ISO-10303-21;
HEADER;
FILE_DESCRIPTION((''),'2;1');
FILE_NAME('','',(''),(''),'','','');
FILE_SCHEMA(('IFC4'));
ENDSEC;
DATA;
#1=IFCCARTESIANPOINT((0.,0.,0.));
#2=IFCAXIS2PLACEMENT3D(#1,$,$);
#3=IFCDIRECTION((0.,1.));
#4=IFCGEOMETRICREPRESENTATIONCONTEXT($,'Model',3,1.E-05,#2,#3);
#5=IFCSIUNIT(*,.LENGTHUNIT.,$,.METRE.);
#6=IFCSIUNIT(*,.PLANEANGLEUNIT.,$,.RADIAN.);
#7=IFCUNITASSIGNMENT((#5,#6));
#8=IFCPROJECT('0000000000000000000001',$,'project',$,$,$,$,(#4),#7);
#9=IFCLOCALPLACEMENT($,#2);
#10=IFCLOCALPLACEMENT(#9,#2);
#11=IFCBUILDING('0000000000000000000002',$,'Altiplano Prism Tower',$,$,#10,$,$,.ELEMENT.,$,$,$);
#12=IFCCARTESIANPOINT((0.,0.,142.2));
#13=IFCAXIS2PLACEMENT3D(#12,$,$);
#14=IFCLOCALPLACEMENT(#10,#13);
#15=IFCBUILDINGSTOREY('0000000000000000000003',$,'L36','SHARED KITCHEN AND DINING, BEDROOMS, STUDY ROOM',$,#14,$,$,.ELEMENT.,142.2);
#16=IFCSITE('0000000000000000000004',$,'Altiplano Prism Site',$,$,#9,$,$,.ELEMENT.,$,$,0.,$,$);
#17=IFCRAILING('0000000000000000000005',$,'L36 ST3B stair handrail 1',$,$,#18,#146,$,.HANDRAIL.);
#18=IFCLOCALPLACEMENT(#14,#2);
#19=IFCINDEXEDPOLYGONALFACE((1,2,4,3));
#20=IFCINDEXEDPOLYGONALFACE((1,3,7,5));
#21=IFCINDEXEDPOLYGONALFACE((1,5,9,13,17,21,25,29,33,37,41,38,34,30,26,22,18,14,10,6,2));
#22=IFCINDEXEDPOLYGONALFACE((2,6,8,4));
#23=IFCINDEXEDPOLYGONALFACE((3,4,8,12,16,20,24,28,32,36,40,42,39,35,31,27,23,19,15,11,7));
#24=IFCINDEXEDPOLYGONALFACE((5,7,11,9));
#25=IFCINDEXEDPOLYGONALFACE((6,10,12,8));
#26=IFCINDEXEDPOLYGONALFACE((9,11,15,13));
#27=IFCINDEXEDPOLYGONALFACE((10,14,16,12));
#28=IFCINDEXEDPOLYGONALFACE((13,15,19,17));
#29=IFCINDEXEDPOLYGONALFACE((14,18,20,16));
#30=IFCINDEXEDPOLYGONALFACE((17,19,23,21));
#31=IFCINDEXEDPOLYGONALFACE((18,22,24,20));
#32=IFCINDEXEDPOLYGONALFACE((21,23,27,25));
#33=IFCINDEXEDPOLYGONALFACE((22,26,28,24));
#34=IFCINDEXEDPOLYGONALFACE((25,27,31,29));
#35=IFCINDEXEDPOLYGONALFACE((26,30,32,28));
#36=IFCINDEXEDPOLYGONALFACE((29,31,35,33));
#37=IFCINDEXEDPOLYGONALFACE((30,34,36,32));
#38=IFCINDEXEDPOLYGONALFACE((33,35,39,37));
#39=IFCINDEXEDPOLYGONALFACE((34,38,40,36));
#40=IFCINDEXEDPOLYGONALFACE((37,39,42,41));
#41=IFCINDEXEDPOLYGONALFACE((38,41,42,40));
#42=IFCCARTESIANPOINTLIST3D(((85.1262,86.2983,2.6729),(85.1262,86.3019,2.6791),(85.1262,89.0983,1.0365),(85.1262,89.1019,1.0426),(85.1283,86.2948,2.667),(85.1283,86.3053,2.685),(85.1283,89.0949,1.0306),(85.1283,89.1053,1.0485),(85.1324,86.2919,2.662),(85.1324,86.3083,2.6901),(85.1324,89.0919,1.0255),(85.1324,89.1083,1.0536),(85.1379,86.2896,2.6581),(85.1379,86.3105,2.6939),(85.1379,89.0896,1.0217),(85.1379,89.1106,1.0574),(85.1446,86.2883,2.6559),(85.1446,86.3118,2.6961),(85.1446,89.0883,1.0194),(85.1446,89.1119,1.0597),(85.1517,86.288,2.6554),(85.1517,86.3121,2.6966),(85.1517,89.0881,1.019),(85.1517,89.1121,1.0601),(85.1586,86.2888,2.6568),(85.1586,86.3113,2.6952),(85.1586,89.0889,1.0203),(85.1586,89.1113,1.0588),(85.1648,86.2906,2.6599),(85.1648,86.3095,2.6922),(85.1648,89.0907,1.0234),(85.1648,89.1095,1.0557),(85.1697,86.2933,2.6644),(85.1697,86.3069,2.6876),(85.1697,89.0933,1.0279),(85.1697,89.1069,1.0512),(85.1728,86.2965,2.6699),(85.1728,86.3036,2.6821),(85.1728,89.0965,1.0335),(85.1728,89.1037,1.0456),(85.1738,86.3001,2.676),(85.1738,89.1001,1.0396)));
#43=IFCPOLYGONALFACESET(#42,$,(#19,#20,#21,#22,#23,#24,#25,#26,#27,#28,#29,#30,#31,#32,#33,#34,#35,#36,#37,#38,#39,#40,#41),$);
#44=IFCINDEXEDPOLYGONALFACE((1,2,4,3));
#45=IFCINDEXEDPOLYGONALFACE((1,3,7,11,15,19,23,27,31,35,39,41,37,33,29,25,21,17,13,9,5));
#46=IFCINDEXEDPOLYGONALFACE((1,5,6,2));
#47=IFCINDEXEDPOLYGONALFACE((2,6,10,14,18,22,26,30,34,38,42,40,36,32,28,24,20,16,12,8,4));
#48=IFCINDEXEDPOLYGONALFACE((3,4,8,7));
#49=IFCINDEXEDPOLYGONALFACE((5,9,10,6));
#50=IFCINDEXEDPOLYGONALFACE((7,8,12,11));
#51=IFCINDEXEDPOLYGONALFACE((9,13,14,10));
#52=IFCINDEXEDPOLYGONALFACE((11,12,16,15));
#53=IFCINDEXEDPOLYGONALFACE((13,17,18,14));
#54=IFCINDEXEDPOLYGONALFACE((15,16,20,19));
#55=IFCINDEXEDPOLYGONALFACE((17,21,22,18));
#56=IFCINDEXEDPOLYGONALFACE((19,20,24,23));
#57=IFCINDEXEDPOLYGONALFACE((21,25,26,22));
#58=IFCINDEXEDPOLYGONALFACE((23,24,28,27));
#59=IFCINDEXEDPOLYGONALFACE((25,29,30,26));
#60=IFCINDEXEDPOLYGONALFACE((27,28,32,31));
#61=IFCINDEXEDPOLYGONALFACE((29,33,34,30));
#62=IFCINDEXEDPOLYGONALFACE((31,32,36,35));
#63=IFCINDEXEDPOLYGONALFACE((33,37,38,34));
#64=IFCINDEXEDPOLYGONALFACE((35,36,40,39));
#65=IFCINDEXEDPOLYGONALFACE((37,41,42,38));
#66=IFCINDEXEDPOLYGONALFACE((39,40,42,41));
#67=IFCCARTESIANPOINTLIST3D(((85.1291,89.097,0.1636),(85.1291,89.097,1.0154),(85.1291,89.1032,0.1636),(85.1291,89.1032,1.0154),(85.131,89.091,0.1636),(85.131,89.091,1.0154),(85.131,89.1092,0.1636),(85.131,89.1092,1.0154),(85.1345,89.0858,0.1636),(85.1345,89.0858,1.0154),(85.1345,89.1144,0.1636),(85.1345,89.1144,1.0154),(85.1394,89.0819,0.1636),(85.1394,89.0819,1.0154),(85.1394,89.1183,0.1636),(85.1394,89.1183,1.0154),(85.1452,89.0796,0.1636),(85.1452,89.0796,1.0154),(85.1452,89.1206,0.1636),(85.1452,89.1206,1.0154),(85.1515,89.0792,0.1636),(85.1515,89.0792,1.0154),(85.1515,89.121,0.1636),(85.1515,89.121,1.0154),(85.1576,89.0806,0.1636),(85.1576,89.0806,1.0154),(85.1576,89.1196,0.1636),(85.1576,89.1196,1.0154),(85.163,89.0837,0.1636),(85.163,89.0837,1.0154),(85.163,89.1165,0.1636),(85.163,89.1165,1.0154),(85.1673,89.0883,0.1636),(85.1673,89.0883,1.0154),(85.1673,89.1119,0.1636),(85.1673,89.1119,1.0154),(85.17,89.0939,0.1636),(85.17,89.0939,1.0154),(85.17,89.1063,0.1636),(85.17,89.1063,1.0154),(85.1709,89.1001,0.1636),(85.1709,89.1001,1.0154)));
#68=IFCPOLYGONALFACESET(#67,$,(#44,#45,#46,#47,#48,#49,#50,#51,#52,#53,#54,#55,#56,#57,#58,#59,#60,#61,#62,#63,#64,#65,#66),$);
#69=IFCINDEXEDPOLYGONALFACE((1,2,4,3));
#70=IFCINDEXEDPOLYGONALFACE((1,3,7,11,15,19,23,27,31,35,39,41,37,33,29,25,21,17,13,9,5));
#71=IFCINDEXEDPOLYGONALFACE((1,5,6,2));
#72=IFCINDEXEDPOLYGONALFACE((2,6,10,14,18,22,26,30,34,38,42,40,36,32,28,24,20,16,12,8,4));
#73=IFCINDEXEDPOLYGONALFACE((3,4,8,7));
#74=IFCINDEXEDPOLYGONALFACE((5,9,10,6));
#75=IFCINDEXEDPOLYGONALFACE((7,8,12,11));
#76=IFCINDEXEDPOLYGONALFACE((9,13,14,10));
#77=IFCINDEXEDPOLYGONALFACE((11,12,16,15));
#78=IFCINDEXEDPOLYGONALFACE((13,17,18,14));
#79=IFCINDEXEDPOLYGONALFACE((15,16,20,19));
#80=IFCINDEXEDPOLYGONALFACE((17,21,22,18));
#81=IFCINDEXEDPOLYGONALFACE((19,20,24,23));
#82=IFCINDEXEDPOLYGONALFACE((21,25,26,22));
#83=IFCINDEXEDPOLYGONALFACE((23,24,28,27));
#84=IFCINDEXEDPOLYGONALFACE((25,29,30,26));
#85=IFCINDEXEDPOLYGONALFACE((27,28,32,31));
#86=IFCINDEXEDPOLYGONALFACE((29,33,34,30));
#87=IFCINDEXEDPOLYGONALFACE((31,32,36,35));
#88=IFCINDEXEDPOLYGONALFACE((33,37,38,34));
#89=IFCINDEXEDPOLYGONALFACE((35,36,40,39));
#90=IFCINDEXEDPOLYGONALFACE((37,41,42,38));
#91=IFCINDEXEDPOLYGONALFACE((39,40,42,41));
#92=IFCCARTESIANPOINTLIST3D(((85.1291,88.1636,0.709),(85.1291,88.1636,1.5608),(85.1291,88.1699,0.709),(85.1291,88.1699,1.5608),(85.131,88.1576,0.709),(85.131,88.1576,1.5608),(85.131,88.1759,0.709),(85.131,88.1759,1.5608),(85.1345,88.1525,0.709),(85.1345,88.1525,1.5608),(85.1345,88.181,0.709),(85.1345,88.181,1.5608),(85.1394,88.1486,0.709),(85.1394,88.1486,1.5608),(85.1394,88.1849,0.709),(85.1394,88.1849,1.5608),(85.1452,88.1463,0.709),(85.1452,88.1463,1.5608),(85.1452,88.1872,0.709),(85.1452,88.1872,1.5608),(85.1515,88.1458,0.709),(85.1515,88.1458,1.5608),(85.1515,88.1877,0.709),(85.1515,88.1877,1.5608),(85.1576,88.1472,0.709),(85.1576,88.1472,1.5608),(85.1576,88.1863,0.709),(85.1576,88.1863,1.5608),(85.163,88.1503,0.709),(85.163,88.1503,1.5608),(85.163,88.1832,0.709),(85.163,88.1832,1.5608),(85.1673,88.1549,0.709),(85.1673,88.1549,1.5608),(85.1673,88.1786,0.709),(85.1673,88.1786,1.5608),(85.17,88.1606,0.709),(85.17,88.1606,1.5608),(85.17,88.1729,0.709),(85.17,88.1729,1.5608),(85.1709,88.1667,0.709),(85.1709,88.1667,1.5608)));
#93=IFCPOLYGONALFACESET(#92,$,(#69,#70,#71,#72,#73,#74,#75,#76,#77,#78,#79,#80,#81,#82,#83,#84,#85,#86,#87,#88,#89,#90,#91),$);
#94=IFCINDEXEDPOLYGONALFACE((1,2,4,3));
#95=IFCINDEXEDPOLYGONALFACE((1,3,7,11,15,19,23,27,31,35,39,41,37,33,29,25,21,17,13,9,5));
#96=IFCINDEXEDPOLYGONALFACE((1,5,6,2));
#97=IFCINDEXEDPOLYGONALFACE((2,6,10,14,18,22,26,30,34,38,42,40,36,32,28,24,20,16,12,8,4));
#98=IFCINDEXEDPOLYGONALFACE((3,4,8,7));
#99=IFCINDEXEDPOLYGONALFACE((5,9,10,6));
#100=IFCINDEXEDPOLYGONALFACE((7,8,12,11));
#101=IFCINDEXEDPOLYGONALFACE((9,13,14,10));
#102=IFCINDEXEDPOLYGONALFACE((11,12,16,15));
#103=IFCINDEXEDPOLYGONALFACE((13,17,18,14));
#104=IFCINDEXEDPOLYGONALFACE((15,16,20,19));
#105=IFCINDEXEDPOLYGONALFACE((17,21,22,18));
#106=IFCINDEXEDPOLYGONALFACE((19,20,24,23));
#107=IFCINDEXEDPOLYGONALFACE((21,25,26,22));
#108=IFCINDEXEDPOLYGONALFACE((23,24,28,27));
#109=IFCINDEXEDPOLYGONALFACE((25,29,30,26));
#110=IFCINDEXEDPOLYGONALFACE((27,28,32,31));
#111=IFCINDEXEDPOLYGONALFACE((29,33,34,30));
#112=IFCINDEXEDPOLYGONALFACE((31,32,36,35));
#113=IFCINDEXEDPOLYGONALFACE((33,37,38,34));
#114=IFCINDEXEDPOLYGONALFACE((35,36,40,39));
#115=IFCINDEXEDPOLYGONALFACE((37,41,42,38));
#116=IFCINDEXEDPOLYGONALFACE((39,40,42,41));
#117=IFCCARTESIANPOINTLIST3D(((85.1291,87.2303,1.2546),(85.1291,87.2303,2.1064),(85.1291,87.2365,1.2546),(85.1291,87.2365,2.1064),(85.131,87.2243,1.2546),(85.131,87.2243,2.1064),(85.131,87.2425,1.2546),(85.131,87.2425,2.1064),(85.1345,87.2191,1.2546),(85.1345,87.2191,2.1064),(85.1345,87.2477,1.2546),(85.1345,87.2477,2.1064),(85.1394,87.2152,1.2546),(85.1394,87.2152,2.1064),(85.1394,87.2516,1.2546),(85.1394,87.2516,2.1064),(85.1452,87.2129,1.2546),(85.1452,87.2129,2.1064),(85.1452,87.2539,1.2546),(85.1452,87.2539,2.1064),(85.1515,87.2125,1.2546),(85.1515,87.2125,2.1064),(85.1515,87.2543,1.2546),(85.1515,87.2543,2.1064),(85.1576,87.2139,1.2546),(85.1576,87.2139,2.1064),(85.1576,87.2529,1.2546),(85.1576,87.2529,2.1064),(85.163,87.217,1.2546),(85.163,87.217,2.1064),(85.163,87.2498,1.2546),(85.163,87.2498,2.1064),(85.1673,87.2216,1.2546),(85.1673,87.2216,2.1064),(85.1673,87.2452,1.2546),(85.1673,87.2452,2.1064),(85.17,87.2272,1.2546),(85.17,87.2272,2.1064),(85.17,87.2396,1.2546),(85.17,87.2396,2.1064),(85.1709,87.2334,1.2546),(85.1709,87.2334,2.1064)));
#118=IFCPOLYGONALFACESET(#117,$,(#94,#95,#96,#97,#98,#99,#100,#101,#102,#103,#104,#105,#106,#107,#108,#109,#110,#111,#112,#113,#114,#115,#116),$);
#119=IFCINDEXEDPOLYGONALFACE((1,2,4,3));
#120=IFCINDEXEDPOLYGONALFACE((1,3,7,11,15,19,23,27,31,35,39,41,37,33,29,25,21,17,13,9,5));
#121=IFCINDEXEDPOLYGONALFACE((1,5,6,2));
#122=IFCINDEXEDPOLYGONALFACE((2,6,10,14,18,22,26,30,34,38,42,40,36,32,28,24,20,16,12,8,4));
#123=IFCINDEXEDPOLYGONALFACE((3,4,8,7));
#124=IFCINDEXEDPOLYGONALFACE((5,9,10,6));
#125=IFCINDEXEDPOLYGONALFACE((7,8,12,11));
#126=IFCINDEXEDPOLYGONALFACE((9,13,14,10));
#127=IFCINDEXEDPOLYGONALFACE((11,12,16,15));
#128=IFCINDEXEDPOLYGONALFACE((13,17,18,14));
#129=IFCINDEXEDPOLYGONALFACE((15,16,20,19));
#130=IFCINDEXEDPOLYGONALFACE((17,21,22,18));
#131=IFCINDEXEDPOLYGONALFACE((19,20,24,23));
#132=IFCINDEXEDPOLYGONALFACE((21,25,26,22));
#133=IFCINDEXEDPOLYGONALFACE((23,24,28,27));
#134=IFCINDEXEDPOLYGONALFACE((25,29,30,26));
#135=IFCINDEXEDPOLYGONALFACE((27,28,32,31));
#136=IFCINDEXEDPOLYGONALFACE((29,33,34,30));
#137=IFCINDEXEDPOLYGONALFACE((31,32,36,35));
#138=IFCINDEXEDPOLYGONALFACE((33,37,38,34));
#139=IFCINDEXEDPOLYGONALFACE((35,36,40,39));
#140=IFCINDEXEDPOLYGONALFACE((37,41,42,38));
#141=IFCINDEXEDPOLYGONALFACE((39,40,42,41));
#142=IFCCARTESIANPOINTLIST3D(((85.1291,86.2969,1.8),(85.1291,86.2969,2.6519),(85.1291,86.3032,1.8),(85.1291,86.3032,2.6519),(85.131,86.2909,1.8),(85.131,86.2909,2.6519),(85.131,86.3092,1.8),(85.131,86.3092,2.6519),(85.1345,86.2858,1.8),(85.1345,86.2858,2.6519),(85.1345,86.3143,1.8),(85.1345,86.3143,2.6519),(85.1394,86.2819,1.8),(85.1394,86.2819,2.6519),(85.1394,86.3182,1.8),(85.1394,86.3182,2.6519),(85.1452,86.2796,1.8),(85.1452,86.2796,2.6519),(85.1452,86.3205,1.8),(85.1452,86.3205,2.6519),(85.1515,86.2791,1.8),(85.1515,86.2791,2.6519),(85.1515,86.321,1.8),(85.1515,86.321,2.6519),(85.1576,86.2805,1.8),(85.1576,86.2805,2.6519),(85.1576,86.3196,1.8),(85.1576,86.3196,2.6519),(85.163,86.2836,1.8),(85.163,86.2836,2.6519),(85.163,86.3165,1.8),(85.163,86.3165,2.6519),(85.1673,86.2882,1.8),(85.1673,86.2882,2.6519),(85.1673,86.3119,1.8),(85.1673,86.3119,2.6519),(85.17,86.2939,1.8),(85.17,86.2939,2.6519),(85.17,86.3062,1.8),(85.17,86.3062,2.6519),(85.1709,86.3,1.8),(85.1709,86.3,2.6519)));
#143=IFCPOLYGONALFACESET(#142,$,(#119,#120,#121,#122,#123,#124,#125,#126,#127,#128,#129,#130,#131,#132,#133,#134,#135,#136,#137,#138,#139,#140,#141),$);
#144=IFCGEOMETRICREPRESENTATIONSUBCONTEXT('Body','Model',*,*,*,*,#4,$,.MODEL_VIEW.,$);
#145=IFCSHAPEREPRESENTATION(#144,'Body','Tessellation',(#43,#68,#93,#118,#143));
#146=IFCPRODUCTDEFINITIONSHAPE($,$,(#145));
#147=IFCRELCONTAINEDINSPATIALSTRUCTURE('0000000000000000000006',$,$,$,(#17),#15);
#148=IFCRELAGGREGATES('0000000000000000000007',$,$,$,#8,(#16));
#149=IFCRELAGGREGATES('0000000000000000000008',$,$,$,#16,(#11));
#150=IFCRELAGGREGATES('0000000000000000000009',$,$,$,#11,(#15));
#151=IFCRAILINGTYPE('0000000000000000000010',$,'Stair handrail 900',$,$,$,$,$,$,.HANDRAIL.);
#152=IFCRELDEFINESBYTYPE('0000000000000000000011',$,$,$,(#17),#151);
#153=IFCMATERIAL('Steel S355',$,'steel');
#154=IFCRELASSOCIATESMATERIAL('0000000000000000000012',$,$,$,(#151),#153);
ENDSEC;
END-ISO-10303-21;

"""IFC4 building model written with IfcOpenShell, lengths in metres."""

from ifc_helpers import new_model, si_unit, direction, frame, origin, origin_2d, place, context, subcontext, project, spatial, circle, extrude, material, type_object, element, save


model = new_model("IFC4")

# Units and contexts
model_context = context("Model", 3, precision=1e-05, world=origin(), true_north=direction((0.0, 1.0)))
body_context = subcontext(model_context, "Body", "Model", "MODEL_VIEW")
ifc_project = project(units=[si_unit("LENGTHUNIT", "METRE"), si_unit("PLANEANGLEUNIT", "RADIAN")], contexts=[model_context])

# Site, building, storey
site_placement = place(None, origin())
site = spatial("IfcSite", under=ifc_project, at=site_placement, Name="Altiplano Prism Site", CompositionType="ELEMENT", RefElevation=0.0)
building_placement = place(site_placement, origin())
building = spatial("IfcBuilding", under=site, at=building_placement, Name="Altiplano Prism Tower", CompositionType="ELEMENT")
storey_placement = place(building_placement, frame((0.0, 0.0, 142.2)))
storey = spatial("IfcBuildingStorey", under=building, at=storey_placement, Name="L36", Description="SHARED KITCHEN AND DINING, BEDROOMS, STUDY ROOM", CompositionType="ELEMENT", Elevation=142.2)

# Railing
ifc_material_1 = material(Name="Steel S355", Category="steel")
railing_type_1 = type_object("IfcRailingType", Name="Stair handrail 900", PredefinedType="HANDRAIL", material=ifc_material_1)
railing_1_placement = place(storey_placement, frame((85.1499, 89.1001, 0.1636)))
element("IfcRailing", 1, at=railing_1_placement, inside=storey, type_object=railing_type_1, Name="L36 ST3B stair handrail 1", PredefinedType="HANDRAIL", context=body_context, shape_type="SweptSolid", body=[
    extrude(circle(Radius=0.0239, at=origin_2d()), frame((0.0, 0.0, 0.876), z_axis=(0.0, -0.863361, 0.504587), x_axis=(1.0, 0.0, 0.0)), (0.0, 0.0, 1.0), 3.2432),
    extrude(circle(Radius=0.021, at=origin_2d()), origin(), (0.0, 0.0, 1.0), 0.8518),
    extrude(circle(Radius=0.021, at=origin_2d()), frame((0.0, -0.9333, 0.5454)), (0.0, 0.0, 1.0), 0.8518),
    extrude(circle(Radius=0.021, at=origin_2d()), frame((0.0, -1.8667, 1.0911)), (0.0, 0.0, 1.0), 0.8518),
    extrude(circle(Radius=0.021, at=origin_2d()), frame((0.0, -2.8, 1.6365)), (0.0, 0.0, 1.0), 0.8518),
])

save(model, "model.ifc")
